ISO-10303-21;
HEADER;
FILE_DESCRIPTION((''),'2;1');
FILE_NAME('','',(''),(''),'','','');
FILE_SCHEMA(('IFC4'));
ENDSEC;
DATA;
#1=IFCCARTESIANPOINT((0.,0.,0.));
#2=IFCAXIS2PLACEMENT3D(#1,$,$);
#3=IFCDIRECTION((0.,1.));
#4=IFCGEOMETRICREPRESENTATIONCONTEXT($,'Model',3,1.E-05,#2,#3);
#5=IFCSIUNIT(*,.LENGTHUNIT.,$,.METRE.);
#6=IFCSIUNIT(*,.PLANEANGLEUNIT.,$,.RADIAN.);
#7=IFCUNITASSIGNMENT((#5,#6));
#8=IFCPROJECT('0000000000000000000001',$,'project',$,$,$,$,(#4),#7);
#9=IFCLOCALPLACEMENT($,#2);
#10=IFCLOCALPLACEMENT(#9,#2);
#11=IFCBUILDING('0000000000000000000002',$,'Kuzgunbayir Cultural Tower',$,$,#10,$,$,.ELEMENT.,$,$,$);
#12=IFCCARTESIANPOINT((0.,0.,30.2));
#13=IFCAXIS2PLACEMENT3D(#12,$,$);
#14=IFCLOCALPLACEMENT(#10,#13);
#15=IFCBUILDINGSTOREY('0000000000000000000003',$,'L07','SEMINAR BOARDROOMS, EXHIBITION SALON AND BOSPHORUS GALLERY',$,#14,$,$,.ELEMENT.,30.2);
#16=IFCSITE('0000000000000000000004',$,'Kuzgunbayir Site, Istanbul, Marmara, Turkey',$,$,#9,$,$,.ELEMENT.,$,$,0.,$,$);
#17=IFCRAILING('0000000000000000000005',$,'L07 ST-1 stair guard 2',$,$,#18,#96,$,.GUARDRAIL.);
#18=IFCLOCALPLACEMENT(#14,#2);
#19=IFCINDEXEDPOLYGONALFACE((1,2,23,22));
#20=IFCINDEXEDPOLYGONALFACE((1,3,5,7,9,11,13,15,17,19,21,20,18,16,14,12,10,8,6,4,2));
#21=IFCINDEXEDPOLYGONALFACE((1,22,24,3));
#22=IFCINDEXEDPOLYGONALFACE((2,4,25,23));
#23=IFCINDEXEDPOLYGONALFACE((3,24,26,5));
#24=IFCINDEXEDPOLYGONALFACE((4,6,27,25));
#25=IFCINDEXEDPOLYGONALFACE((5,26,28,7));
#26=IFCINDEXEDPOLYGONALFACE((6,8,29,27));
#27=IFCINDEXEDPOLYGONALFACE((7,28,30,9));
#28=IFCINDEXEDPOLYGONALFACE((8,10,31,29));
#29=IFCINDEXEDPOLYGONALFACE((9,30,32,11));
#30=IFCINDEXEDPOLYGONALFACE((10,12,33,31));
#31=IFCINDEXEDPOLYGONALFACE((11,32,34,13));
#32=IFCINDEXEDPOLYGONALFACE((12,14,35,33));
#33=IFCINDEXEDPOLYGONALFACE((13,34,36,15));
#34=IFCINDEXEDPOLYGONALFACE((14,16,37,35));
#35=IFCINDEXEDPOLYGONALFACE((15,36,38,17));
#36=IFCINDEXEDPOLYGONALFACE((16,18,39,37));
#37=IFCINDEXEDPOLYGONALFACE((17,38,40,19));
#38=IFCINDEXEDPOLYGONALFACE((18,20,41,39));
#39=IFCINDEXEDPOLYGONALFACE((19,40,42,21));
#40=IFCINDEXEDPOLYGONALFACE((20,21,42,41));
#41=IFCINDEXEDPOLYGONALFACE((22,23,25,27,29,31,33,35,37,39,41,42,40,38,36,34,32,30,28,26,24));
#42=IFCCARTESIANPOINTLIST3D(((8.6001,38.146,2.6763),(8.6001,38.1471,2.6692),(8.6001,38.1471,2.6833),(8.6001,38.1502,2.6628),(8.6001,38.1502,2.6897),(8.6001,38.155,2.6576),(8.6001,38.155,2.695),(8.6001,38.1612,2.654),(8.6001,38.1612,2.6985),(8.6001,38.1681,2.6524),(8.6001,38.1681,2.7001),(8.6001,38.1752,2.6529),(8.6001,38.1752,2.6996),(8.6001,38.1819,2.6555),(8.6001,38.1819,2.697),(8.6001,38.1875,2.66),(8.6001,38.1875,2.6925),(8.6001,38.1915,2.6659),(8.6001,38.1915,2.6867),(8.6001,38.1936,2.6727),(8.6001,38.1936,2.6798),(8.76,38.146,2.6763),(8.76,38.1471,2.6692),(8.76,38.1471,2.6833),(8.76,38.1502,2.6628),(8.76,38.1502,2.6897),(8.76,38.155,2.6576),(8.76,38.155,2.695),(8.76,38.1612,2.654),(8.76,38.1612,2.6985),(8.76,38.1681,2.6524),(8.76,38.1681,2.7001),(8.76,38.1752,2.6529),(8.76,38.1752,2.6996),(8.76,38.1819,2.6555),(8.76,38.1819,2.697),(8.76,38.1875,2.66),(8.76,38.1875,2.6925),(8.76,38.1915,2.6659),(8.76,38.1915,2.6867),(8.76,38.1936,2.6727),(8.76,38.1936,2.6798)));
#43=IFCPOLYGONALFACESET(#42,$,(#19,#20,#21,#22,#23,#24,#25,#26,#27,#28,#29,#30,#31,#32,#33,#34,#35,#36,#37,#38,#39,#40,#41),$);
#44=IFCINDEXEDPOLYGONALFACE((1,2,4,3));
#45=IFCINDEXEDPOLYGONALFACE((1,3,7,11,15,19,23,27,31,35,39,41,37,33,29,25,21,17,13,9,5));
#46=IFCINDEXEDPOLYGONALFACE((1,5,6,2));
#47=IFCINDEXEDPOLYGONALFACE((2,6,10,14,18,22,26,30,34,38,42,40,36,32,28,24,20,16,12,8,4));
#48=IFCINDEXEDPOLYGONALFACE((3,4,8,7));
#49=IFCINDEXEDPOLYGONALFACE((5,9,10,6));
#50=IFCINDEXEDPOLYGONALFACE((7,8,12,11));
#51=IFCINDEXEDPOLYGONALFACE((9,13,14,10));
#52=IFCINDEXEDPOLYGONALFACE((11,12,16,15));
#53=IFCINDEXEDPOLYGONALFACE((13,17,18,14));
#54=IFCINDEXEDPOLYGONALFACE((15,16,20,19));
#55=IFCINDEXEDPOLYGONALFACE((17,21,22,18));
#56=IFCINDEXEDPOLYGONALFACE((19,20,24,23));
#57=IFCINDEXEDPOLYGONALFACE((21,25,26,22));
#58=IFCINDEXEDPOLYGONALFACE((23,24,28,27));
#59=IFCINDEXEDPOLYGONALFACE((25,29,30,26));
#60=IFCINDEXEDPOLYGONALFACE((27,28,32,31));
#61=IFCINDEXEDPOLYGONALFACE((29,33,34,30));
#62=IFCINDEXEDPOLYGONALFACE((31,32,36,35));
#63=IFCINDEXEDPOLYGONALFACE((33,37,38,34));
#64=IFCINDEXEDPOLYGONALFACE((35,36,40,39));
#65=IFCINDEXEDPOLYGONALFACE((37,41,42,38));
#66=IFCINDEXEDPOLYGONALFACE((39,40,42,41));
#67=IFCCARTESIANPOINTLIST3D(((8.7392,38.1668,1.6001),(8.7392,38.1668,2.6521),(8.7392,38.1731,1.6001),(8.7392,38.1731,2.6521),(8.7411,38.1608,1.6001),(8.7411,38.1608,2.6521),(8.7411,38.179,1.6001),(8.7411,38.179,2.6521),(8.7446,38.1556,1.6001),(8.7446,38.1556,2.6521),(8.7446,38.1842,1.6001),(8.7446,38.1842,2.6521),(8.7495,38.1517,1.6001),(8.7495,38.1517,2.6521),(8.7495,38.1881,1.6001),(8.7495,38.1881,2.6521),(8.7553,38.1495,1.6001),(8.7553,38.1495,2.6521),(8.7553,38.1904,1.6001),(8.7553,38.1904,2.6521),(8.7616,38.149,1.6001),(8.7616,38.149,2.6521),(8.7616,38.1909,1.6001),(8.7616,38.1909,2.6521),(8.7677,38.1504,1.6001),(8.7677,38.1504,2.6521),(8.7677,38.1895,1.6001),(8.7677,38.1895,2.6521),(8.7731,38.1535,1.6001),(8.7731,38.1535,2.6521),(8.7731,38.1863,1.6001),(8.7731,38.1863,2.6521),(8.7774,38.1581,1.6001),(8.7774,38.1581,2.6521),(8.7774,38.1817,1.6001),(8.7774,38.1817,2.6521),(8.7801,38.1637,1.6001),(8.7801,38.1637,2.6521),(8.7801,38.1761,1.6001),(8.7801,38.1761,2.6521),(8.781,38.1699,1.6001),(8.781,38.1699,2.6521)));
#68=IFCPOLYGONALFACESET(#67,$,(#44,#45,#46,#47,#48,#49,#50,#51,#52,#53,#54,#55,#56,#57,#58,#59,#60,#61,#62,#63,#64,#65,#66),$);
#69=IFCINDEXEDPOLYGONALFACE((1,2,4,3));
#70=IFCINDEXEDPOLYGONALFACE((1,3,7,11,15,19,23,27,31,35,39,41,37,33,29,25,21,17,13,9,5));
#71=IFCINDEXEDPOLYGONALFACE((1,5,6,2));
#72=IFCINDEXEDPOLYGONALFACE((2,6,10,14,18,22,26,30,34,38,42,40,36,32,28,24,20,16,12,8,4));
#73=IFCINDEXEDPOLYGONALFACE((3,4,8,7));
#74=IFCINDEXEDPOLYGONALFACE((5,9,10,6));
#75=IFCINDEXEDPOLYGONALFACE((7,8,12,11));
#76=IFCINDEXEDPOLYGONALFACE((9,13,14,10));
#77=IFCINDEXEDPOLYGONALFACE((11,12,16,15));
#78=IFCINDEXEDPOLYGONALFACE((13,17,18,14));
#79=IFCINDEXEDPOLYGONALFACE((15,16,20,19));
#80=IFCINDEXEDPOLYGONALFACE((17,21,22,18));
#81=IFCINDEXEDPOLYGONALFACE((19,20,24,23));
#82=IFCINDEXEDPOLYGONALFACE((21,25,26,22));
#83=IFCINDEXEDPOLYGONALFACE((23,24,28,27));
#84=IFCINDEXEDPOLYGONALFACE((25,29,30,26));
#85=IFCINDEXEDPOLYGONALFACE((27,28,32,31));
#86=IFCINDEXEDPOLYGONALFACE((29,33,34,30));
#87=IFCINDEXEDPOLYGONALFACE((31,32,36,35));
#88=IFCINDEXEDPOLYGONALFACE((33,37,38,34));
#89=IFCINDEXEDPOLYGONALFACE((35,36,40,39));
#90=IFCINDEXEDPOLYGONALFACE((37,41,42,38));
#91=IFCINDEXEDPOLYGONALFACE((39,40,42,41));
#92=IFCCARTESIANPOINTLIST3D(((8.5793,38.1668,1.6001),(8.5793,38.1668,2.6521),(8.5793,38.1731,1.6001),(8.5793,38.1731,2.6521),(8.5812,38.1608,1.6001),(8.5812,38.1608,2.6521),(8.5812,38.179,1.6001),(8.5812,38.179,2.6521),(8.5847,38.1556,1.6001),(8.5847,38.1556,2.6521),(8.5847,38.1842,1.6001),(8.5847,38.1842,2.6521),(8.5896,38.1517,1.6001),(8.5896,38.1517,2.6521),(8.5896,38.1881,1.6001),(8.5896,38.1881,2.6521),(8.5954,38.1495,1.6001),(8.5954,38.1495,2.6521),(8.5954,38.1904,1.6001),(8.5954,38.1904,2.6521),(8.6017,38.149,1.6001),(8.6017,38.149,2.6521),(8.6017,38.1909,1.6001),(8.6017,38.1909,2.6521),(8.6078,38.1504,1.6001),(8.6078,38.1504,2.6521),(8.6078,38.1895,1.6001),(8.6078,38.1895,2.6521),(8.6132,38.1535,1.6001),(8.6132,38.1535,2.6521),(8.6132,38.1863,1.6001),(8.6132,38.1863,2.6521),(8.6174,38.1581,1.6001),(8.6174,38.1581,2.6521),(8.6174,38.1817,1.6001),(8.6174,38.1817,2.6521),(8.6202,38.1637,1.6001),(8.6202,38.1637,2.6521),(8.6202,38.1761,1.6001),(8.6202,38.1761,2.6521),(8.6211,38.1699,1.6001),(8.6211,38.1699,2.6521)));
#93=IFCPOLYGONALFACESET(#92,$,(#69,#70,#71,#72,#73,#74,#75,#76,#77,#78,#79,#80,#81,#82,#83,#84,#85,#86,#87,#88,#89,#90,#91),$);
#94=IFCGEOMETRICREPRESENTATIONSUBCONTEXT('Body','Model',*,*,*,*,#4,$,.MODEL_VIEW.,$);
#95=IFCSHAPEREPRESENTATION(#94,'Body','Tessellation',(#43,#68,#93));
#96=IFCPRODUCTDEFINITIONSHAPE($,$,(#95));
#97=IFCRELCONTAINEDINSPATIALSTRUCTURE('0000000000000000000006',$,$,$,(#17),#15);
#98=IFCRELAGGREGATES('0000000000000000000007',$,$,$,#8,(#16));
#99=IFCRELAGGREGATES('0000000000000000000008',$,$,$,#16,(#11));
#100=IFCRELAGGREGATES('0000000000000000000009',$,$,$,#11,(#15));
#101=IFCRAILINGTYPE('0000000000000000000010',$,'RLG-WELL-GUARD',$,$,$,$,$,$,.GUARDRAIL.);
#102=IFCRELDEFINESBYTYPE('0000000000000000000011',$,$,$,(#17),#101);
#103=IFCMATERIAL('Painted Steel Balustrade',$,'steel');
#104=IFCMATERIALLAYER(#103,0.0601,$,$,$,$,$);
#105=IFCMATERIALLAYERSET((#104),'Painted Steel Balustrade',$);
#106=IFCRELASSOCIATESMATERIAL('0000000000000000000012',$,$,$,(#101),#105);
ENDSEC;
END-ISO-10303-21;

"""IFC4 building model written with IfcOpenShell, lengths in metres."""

from ifc_helpers import new_model, si_unit, direction, frame, origin, origin_2d, place, context, subcontext, project, spatial, circle, extrude, material, layer, layer_set, type_object, element, save


model = new_model("IFC4")

# Units and contexts
model_context = context("Model", 3, precision=1e-05, world=origin(), true_north=direction((0.0, 1.0)))
body_context = subcontext(model_context, "Body", "Model", "MODEL_VIEW")
ifc_project = project(units=[si_unit("LENGTHUNIT", "METRE"), si_unit("PLANEANGLEUNIT", "RADIAN")], contexts=[model_context])

# Site, building, storey
site_placement = place(None, origin())
site = spatial("IfcSite", under=ifc_project, at=site_placement, Name="Kuzgunbayir Site, Istanbul, Marmara, Turkey", CompositionType="ELEMENT", RefElevation=0.0)
building_placement = place(site_placement, origin())
building = spatial("IfcBuilding", under=site, at=building_placement, Name="Kuzgunbayir Cultural Tower", CompositionType="ELEMENT")
storey_placement = place(building_placement, frame((0.0, 0.0, 30.2)))
storey = spatial("IfcBuildingStorey", under=building, at=storey_placement, Name="L07", Description="SEMINAR BOARDROOMS, EXHIBITION SALON AND BOSPHORUS GALLERY", CompositionType="ELEMENT", Elevation=30.2)

# Railing
ifc_material_1 = material(Name="Painted Steel Balustrade", Category="steel")
ifc_layer_1 = layer(ifc_material_1, 0.0601)
ifc_layer_set_1 = layer_set([ifc_layer_1], Name="Painted Steel Balustrade")
railing_type_1 = type_object("IfcRailingType", Name="RLG-WELL-GUARD", PredefinedType="GUARDRAIL", material=ifc_layer_set_1)
railing_1_placement = place(storey_placement, frame((8.76, 38.1699, 1.6001)))
element("IfcRailing", 1, at=railing_1_placement, inside=storey, type_object=railing_type_1, Name="L07 ST-1 stair guard 2", PredefinedType="GUARDRAIL", context=body_context, shape_type="SweptSolid", body=[
    extrude(circle(Radius=0.0239, at=origin_2d()), frame((0.0, 0.0, 1.0762), z_axis=(-1.0, 0.0, 0.0), x_axis=(0.0, -1.0, 0.0)), (0.0, 0.0, 1.0), 0.1599),
    extrude(circle(Radius=0.021, at=origin_2d()), origin(), (0.0, 0.0, 1.0), 1.052),
    extrude(circle(Radius=0.021, at=origin_2d()), frame((-0.1599, 0.0, 0.0)), (0.0, 0.0, 1.0), 1.052),
])

save(model, "model.ifc")
